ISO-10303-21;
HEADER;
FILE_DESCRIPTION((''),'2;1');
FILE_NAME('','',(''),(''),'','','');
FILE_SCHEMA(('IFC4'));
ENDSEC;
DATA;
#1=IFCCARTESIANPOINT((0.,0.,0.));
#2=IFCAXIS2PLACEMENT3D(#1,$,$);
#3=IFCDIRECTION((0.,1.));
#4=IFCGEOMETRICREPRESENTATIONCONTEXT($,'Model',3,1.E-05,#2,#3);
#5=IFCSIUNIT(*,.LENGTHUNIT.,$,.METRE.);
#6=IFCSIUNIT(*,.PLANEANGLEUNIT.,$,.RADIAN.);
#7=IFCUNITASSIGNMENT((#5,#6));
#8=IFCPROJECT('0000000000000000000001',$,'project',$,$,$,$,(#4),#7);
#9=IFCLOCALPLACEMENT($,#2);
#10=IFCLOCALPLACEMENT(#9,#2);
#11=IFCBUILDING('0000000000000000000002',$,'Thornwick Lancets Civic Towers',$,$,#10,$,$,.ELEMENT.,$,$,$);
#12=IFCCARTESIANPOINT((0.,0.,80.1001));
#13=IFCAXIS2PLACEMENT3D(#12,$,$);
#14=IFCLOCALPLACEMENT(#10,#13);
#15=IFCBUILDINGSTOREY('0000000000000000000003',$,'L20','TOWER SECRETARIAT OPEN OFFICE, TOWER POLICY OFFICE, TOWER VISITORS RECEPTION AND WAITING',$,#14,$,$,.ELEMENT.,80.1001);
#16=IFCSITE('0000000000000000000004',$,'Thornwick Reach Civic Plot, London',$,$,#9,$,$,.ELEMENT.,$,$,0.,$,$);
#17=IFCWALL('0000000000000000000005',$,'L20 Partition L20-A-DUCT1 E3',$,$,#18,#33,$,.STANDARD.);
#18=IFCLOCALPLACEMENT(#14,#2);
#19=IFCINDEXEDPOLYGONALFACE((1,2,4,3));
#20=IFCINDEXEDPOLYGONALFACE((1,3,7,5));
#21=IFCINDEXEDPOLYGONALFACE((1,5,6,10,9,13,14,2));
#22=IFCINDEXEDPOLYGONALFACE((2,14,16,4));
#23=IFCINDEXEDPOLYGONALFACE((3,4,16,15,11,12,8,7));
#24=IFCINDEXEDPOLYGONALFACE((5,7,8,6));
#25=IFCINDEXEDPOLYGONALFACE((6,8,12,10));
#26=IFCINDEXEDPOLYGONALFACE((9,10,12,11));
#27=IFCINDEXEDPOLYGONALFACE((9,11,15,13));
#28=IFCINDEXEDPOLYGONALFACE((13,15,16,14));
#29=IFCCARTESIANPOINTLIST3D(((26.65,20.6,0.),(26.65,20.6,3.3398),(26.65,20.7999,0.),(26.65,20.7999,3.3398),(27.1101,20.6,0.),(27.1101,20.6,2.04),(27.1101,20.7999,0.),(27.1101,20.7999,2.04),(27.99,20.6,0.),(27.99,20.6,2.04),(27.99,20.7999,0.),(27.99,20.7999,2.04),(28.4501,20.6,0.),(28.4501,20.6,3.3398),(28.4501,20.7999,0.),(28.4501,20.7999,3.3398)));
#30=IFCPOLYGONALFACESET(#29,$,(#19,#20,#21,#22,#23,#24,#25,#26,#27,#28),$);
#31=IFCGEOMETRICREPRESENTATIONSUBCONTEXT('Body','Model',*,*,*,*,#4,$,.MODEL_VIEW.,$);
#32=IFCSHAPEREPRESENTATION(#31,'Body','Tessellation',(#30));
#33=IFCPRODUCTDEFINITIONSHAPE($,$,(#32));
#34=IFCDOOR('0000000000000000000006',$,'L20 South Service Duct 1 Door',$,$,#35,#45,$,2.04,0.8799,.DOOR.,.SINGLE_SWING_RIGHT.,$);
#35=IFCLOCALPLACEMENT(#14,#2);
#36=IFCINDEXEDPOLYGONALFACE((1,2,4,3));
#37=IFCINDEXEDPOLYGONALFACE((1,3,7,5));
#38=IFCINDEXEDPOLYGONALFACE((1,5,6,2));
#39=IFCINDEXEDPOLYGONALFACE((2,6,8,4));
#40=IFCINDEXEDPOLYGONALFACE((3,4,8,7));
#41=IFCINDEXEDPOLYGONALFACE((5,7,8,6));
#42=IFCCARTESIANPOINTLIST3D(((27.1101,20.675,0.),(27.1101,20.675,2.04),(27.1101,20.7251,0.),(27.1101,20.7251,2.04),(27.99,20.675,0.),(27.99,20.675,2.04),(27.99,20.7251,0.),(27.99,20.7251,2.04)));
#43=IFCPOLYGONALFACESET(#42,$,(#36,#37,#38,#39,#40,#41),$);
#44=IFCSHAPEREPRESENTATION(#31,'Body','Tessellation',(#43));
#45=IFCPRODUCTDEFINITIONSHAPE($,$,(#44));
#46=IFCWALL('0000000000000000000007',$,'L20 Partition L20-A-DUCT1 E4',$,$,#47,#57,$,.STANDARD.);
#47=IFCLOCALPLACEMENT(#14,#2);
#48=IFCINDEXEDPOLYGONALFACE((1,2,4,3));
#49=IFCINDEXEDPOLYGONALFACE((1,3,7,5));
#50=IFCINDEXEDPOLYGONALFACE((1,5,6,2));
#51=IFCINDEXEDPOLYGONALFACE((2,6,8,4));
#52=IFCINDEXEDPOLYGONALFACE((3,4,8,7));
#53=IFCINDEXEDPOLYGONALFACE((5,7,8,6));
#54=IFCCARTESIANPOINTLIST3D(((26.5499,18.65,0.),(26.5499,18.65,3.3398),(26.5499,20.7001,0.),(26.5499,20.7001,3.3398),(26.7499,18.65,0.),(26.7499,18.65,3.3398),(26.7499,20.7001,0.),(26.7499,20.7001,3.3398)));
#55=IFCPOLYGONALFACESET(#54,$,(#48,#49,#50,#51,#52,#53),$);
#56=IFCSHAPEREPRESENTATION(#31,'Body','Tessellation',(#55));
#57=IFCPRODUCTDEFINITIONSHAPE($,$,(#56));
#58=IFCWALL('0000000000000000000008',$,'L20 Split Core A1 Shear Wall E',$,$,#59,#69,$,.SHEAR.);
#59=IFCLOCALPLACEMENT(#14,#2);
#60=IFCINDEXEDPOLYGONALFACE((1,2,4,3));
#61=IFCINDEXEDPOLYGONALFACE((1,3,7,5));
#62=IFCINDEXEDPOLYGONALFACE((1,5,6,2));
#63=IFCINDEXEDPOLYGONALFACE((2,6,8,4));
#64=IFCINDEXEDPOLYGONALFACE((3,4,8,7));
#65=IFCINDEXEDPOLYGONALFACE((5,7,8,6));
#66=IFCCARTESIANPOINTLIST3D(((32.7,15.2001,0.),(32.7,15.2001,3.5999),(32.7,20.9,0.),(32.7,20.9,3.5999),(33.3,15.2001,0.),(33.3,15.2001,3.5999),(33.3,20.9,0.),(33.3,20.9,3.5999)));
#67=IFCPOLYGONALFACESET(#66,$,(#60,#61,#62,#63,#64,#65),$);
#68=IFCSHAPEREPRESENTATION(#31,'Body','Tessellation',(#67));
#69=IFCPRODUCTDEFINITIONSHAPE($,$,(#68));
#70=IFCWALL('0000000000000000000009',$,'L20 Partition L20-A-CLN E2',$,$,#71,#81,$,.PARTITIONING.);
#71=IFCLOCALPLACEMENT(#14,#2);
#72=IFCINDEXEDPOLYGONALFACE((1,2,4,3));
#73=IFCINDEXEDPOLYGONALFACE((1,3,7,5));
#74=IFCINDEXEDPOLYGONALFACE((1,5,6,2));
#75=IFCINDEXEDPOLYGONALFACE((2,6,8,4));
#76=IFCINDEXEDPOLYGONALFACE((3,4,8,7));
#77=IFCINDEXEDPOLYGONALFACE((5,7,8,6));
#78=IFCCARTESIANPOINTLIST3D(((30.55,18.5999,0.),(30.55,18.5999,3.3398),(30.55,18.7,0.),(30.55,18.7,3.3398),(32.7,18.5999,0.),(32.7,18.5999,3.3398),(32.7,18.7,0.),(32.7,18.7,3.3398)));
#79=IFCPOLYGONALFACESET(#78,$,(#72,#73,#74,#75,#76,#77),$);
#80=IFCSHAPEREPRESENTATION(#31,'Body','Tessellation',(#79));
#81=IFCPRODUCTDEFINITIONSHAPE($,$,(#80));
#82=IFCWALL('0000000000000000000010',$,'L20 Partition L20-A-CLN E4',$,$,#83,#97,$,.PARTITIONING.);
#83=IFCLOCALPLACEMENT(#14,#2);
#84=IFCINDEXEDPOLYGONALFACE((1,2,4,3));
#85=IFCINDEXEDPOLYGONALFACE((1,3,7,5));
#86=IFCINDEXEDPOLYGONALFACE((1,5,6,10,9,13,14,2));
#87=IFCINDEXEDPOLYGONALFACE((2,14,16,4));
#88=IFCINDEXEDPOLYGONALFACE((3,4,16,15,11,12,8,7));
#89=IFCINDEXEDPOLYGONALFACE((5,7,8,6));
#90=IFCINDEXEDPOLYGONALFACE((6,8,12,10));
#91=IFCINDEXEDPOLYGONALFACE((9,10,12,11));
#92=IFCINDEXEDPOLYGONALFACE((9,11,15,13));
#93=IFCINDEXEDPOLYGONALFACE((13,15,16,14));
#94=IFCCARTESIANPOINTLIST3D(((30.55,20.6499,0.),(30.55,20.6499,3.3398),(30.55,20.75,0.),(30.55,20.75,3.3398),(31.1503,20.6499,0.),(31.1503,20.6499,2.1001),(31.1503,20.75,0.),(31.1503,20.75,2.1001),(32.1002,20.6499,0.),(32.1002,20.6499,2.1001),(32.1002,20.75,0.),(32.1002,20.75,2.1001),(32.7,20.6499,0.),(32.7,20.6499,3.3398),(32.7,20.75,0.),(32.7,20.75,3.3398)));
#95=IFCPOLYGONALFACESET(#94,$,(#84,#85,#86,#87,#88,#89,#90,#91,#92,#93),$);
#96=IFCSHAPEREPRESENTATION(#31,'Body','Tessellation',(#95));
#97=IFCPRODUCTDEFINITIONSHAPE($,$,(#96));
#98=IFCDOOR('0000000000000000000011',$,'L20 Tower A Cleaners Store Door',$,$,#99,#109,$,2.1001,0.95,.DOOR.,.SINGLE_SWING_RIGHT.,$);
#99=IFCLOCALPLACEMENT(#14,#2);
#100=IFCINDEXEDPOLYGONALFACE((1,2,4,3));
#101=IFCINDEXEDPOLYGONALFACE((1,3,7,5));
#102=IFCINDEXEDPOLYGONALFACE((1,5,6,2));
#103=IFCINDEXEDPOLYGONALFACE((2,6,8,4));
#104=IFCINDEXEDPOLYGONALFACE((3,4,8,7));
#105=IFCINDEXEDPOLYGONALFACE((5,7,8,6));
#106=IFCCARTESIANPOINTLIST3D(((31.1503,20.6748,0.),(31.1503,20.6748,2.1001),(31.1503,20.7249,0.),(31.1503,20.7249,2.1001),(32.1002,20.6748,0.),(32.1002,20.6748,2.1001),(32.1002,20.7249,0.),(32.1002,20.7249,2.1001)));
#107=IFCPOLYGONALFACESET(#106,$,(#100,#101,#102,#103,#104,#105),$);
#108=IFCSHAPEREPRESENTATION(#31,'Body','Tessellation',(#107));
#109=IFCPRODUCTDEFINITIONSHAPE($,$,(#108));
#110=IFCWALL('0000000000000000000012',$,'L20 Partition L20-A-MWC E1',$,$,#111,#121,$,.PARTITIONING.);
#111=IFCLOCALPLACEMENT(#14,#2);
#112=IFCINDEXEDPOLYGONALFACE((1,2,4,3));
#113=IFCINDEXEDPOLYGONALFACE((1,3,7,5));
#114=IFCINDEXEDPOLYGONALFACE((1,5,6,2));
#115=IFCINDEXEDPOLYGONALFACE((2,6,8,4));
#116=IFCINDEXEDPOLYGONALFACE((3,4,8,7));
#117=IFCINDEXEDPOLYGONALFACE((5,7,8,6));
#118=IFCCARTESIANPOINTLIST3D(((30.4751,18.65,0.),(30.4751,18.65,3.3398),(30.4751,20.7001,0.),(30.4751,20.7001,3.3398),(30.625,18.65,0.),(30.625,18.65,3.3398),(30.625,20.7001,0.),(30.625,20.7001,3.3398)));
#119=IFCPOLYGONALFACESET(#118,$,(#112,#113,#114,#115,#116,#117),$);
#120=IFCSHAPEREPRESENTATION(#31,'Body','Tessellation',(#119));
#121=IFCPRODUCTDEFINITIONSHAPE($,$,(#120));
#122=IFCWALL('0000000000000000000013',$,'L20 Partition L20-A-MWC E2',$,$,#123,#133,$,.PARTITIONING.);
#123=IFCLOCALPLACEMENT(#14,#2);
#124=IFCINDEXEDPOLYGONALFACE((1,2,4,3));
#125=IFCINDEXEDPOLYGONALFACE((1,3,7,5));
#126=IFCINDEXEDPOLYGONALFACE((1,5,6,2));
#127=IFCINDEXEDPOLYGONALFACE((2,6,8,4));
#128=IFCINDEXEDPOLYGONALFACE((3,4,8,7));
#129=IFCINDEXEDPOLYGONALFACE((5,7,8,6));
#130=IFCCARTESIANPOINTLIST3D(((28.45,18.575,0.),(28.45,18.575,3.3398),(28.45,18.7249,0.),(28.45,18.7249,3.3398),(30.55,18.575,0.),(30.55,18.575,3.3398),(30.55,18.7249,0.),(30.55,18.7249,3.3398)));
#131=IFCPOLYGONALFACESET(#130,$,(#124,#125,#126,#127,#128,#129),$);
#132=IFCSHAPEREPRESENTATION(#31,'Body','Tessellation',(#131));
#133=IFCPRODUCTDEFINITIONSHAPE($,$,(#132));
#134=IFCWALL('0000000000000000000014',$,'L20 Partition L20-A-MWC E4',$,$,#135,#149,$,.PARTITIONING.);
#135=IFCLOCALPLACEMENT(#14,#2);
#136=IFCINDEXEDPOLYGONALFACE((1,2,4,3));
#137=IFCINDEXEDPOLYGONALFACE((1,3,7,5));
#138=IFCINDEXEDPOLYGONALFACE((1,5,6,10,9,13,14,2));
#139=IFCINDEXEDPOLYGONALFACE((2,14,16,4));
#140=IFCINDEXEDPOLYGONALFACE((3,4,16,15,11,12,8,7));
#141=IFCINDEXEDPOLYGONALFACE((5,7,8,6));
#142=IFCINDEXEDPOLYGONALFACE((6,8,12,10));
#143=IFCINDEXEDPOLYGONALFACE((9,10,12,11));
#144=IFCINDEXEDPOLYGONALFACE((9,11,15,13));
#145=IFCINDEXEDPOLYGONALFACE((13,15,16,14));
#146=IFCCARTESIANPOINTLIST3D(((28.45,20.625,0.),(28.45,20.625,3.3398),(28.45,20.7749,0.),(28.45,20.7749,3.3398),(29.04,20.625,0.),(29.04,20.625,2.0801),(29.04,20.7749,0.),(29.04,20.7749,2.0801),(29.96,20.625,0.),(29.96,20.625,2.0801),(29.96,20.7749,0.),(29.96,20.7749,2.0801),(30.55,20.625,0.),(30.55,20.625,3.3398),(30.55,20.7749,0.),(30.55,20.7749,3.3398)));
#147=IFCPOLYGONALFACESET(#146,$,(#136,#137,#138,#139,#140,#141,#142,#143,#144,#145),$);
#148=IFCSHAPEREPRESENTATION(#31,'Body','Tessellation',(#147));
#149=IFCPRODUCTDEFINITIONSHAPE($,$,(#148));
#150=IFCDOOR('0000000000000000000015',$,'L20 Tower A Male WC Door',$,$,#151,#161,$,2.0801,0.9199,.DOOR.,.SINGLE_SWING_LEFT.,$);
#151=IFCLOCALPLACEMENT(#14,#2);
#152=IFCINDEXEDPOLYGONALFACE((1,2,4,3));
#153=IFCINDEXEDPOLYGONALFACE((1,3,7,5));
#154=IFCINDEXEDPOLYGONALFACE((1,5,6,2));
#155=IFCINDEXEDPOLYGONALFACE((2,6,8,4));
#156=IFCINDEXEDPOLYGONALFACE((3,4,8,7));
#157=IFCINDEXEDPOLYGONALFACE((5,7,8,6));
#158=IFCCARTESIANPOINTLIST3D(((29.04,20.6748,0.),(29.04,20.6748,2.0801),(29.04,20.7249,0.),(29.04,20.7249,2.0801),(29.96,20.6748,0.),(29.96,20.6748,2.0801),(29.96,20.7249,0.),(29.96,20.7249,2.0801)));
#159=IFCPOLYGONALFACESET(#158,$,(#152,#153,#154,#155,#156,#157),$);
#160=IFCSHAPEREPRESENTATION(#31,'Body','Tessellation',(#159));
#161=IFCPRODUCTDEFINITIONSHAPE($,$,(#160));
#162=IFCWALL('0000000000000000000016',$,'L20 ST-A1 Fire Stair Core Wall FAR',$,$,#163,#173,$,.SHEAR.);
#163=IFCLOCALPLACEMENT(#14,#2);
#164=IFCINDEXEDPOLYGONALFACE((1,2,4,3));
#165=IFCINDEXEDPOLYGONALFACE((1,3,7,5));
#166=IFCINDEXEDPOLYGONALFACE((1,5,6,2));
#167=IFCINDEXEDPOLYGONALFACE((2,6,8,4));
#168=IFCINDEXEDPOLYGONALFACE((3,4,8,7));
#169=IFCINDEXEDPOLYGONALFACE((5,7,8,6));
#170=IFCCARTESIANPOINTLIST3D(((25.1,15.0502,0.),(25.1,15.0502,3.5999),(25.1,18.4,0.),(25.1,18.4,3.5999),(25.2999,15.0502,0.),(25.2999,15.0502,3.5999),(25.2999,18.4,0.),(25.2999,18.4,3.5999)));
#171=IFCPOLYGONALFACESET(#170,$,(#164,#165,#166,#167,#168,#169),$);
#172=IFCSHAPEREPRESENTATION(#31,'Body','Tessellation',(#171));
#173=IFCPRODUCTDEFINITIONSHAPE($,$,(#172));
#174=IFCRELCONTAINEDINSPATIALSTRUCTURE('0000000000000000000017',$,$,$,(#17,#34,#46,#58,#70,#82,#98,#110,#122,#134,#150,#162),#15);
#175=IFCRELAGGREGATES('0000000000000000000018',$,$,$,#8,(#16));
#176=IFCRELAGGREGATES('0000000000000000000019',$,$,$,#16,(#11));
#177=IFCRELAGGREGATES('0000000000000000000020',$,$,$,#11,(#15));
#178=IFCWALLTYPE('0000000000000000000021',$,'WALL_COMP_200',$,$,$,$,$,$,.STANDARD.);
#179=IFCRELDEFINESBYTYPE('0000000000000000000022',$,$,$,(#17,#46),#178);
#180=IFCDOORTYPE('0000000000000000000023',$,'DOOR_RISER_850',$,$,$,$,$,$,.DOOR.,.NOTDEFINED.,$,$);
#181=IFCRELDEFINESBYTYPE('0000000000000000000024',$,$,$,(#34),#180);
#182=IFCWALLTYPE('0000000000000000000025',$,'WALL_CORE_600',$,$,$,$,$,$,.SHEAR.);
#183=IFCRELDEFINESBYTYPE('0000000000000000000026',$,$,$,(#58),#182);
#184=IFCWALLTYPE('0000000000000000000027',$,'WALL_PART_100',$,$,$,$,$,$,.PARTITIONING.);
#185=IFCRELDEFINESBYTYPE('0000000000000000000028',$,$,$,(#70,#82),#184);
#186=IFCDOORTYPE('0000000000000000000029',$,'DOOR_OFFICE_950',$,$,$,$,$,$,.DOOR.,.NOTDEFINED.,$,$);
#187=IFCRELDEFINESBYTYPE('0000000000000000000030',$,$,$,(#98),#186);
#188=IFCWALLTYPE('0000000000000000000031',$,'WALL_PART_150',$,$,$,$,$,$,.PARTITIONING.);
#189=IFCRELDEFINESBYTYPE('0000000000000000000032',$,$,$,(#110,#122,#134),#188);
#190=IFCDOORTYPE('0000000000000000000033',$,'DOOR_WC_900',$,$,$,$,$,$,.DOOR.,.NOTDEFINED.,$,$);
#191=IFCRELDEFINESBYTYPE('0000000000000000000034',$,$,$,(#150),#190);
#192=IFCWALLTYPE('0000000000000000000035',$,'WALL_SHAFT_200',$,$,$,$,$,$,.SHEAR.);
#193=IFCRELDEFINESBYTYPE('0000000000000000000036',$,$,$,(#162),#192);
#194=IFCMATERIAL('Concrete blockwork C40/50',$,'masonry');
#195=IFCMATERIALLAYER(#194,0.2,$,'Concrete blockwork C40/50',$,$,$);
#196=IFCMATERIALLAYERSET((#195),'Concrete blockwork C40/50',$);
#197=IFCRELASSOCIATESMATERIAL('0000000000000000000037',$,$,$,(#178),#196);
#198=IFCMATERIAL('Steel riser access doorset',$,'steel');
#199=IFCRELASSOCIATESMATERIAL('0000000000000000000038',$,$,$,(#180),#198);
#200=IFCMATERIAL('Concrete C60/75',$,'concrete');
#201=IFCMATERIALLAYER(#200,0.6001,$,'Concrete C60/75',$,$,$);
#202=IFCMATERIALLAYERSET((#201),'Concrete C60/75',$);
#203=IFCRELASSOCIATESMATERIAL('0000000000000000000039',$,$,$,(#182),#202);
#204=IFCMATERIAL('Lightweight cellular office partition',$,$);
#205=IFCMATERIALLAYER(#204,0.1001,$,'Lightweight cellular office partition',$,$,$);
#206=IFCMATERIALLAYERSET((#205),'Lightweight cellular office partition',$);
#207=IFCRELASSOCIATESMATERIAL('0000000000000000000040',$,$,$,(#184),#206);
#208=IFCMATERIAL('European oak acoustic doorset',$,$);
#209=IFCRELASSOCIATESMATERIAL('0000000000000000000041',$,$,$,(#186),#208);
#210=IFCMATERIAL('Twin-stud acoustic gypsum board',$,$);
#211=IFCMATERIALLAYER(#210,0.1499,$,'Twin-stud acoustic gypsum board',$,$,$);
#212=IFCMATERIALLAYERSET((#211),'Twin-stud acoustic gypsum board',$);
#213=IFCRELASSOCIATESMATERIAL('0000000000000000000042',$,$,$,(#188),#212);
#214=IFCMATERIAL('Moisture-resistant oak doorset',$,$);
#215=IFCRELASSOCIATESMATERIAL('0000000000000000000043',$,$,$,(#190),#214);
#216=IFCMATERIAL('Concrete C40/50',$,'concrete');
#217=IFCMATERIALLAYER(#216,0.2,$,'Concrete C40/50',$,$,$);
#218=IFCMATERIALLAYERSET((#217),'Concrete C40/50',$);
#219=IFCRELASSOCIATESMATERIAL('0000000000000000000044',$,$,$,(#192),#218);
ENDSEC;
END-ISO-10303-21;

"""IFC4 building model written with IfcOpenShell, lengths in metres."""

from ifc_helpers import new_model, si_unit, direction, frame, frame_2d, origin, place, context, subcontext, project, spatial, rectangle, extrude, material, layer, layer_set, type_object, element, fill, save


model = new_model("IFC4")

# Units and contexts
model_context = context("Model", 3, precision=1e-05, world=origin(), true_north=direction((0.0, 1.0)))
body_context = subcontext(model_context, "Body", "Model", "MODEL_VIEW")
ifc_project = project(units=[si_unit("LENGTHUNIT", "METRE"), si_unit("PLANEANGLEUNIT", "RADIAN")], contexts=[model_context])

# Site, building, storey
site_placement = place(None, origin())
site = spatial("IfcSite", under=ifc_project, at=site_placement, Name="Thornwick Reach Civic Plot, London", CompositionType="ELEMENT", RefElevation=0.0)
building_placement = place(site_placement, origin())
building = spatial("IfcBuilding", under=site, at=building_placement, Name="Thornwick Lancets Civic Towers", CompositionType="ELEMENT")
storey_placement = place(building_placement, frame((0.0, 0.0, 80.1001)))
storey = spatial("IfcBuildingStorey", under=building, at=storey_placement, Name="L20", Description="TOWER SECRETARIAT OPEN OFFICE, TOWER POLICY OFFICE, TOWER VISITORS RECEPTION AND WAITING", CompositionType="ELEMENT", Elevation=80.1001)

# Shared definitions
ifc_material_1 = material(Name="Concrete C60/75", Category="concrete")

# Shared definitions
ifc_material_2 = material(Name="Concrete blockwork C40/50", Category="masonry")
ifc_layer_1 = layer(ifc_material_2, 0.2, Name="Concrete blockwork C40/50")
ifc_layer_set_1 = layer_set([ifc_layer_1], Name="Concrete blockwork C40/50")
wall_type_1 = type_object("IfcWallType", Name="WALL_COMP_200", PredefinedType="STANDARD", material=ifc_layer_set_1)

# Wall, opening, door
wall_1_placement = place(storey_placement, frame((28.45, 20.7, 0.0), z_axis=(0.0, 0.0, 1.0), x_axis=(-1.0, 0.0, 0.0)))
wall_1 = element("IfcWall", 1, at=wall_1_placement, inside=storey, type_object=wall_type_1, Name="L20 Partition L20-A-DUCT1 E3", PredefinedType="STANDARD", context=body_context, shape_type="SweptSolid", body=[
    extrude(rectangle(XDim=1.8, YDim=0.2, at=frame_2d((0.8999, 0.0))), origin(), (0.0, 0.0, 1.0), 3.3398),
])
opening_1_placement = place(wall_1_placement, frame((0.46, 0.0, 0.0)))
opening_1 = element("IfcOpeningElement", 2, at=opening_1_placement, cuts=wall_1, PredefinedType="OPENING", context=body_context, shape_type="SweptSolid", body=[
    extrude(rectangle(XDim=0.8799, YDim=2.04, at=frame_2d((0.4399, 1.02))), frame((0.0, 0.1099, 0.0), z_axis=(0.0, -1.0, 0.0), x_axis=(1.0, 0.0, 0.0)), (0.0, 0.0, 1.0), 0.22),
])
ifc_material_3 = material(Name="Steel riser access doorset", Category="steel")
door_type_1 = type_object("IfcDoorType", Name="DOOR_RISER_850", OperationType="NOTDEFINED", PredefinedType="DOOR", material=ifc_material_3)
door_1_placement = place(opening_1_placement, origin())
door_1 = element("IfcDoor", 3, at=door_1_placement, inside=storey, type_object=door_type_1, Name="L20 South Service Duct 1 Door", OperationType="SINGLE_SWING_RIGHT", OverallHeight=2.04, OverallWidth=0.8799, PredefinedType="DOOR", context=body_context, shape_type="SweptSolid", body=[
    extrude(rectangle(XDim=0.8799, YDim=2.04, at=frame_2d((0.4399, 1.02))), frame((0.0, 0.0249, 0.0), z_axis=(0.0, -1.0, 0.0), x_axis=(1.0, 0.0, 0.0)), (0.0, 0.0, 1.0), 0.05),
])
fill(opening_1, door_1)

# Walls
wall_2_placement = place(storey_placement, frame((26.6499, 20.7, 0.0), z_axis=(0.0, 0.0, 1.0), x_axis=(0.0, -1.0, 0.0)))
element("IfcWall", 4, at=wall_2_placement, inside=storey, type_object=wall_type_1, Name="L20 Partition L20-A-DUCT1 E4", PredefinedType="STANDARD", context=body_context, shape_type="SweptSolid", body=[
    extrude(rectangle(XDim=2.05, YDim=0.2, at=frame_2d((1.0249, 0.0))), origin(), (0.0, 0.0, 1.0), 3.3398),
])
ifc_layer_2 = layer(ifc_material_1, 0.6001, Name="Concrete C60/75")
ifc_layer_set_2 = layer_set([ifc_layer_2], Name="Concrete C60/75")
wall_type_2 = type_object("IfcWallType", Name="WALL_CORE_600", PredefinedType="SHEAR", material=ifc_layer_set_2)
wall_3_placement = place(storey_placement, frame((33.0, 15.2, 0.0), z_axis=(0.0, 0.0, 1.0), x_axis=(0.0, 1.0, 0.0)))
element("IfcWall", 5, at=wall_3_placement, inside=storey, type_object=wall_type_2, Name="L20 Split Core A1 Shear Wall E", PredefinedType="SHEAR", context=body_context, shape_type="SweptSolid", body=[
    extrude(rectangle(XDim=5.7, YDim=0.6001, at=frame_2d((2.8501, 0.0))), origin(), (0.0, 0.0, 1.0), 3.5999),
])
ifc_material_4 = material(Name="Lightweight cellular office partition")
ifc_layer_3 = layer(ifc_material_4, 0.1001, Name="Lightweight cellular office partition")
ifc_layer_set_3 = layer_set([ifc_layer_3], Name="Lightweight cellular office partition")
wall_type_3 = type_object("IfcWallType", Name="WALL_PART_100", PredefinedType="PARTITIONING", material=ifc_layer_set_3)
wall_4_placement = place(storey_placement, frame((32.7, 18.6499, 0.0), z_axis=(0.0, 0.0, 1.0), x_axis=(-1.0, 0.0, 0.0)))
element("IfcWall", 6, at=wall_4_placement, inside=storey, type_object=wall_type_3, Name="L20 Partition L20-A-CLN E2", PredefinedType="PARTITIONING", context=body_context, shape_type="SweptSolid", body=[
    extrude(rectangle(XDim=2.1499, YDim=0.1001, at=frame_2d((1.075, 0.0))), origin(), (0.0, 0.0, 1.0), 3.3398),
])

# Wall, opening, door
wall_5_placement = place(storey_placement, frame((30.55, 20.7, 0.0), z_axis=(0.0, 0.0, 1.0), x_axis=(1.0, 0.0, 0.0)))
wall_5 = element("IfcWall", 7, at=wall_5_placement, inside=storey, type_object=wall_type_3, Name="L20 Partition L20-A-CLN E4", PredefinedType="PARTITIONING", context=body_context, shape_type="SweptSolid", body=[
    extrude(rectangle(XDim=2.1499, YDim=0.1001, at=frame_2d((1.075, 0.0))), origin(), (0.0, 0.0, 1.0), 3.3398),
])
opening_2_placement = place(wall_5_placement, frame((0.6001, 0.0, 0.0)))
opening_2 = element("IfcOpeningElement", 8, at=opening_2_placement, cuts=wall_5, PredefinedType="OPENING", context=body_context, shape_type="SweptSolid", body=[
    extrude(rectangle(XDim=0.95, YDim=2.1001, at=frame_2d((0.4751, 1.05))), frame((0.0, 0.0601, 0.0), z_axis=(0.0, -1.0, 0.0), x_axis=(1.0, 0.0, 0.0)), (0.0, 0.0, 1.0), 0.1201),
])
ifc_material_5 = material(Name="European oak acoustic doorset")
door_type_2 = type_object("IfcDoorType", Name="DOOR_OFFICE_950", OperationType="NOTDEFINED", PredefinedType="DOOR", material=ifc_material_5)
door_2_placement = place(opening_2_placement, origin())
door_2 = element("IfcDoor", 9, at=door_2_placement, inside=storey, type_object=door_type_2, Name="L20 Tower A Cleaners Store Door", OperationType="SINGLE_SWING_RIGHT", OverallHeight=2.1001, OverallWidth=0.95, PredefinedType="DOOR", context=body_context, shape_type="SweptSolid", body=[
    extrude(rectangle(XDim=0.95, YDim=2.1001, at=frame_2d((0.4751, 1.05))), frame((0.0, 0.0249, 0.0), z_axis=(0.0, -1.0, 0.0), x_axis=(1.0, 0.0, 0.0)), (0.0, 0.0, 1.0), 0.05),
])
fill(opening_2, door_2)

# Walls
ifc_material_6 = material(Name="Twin-stud acoustic gypsum board")
ifc_layer_4 = layer(ifc_material_6, 0.1499, Name="Twin-stud acoustic gypsum board")
ifc_layer_set_4 = layer_set([ifc_layer_4], Name="Twin-stud acoustic gypsum board")
wall_type_4 = type_object("IfcWallType", Name="WALL_PART_150", PredefinedType="PARTITIONING", material=ifc_layer_set_4)
wall_6_placement = place(storey_placement, frame((30.55, 20.7, 0.0), z_axis=(0.0, 0.0, 1.0), x_axis=(0.0, -1.0, 0.0)))
element("IfcWall", 10, at=wall_6_placement, inside=storey, type_object=wall_type_4, Name="L20 Partition L20-A-MWC E1", PredefinedType="PARTITIONING", context=body_context, shape_type="SweptSolid", body=[
    extrude(rectangle(XDim=2.05, YDim=0.1499, at=frame_2d((1.0249, 0.0))), origin(), (0.0, 0.0, 1.0), 3.3398),
])
wall_7_placement = place(storey_placement, frame((30.55, 18.6499, 0.0), z_axis=(0.0, 0.0, 1.0), x_axis=(-1.0, 0.0, 0.0)))
element("IfcWall", 11, at=wall_7_placement, inside=storey, type_object=wall_type_4, Name="L20 Partition L20-A-MWC E2", PredefinedType="PARTITIONING", context=body_context, shape_type="SweptSolid", body=[
    extrude(rectangle(XDim=2.1001, YDim=0.1499, at=frame_2d((1.05, 0.0))), origin(), (0.0, 0.0, 1.0), 3.3398),
])

# Wall, opening, door
wall_8_placement = place(storey_placement, frame((28.45, 20.7, 0.0), z_axis=(0.0, 0.0, 1.0), x_axis=(1.0, 0.0, 0.0)))
wall_8 = element("IfcWall", 12, at=wall_8_placement, inside=storey, type_object=wall_type_4, Name="L20 Partition L20-A-MWC E4", PredefinedType="PARTITIONING", context=body_context, shape_type="SweptSolid", body=[
    extrude(rectangle(XDim=2.1001, YDim=0.1499, at=frame_2d((1.05, 0.0))), origin(), (0.0, 0.0, 1.0), 3.3398),
])
opening_3_placement = place(wall_8_placement, frame((0.5901, 0.0, 0.0)))
opening_3 = element("IfcOpeningElement", 13, at=opening_3_placement, cuts=wall_8, PredefinedType="OPENING", context=body_context, shape_type="SweptSolid", body=[
    extrude(rectangle(XDim=0.9199, YDim=2.0801, at=frame_2d((0.46, 1.04))), frame((0.0, 0.085, 0.0), z_axis=(0.0, -1.0, 0.0), x_axis=(1.0, 0.0, 0.0)), (0.0, 0.0, 1.0), 0.1699),
])
ifc_material_7 = material(Name="Moisture-resistant oak doorset")
door_type_3 = type_object("IfcDoorType", Name="DOOR_WC_900", OperationType="NOTDEFINED", PredefinedType="DOOR", material=ifc_material_7)
door_3_placement = place(opening_3_placement, origin())
door_3 = element("IfcDoor", 14, at=door_3_placement, inside=storey, type_object=door_type_3, Name="L20 Tower A Male WC Door", OperationType="SINGLE_SWING_LEFT", OverallHeight=2.0801, OverallWidth=0.9199, PredefinedType="DOOR", context=body_context, shape_type="SweptSolid", body=[
    extrude(rectangle(XDim=0.9199, YDim=2.0801, at=frame_2d((0.46, 1.04))), frame((0.0, 0.0249, 0.0), z_axis=(0.0, -1.0, 0.0), x_axis=(1.0, 0.0, 0.0)), (0.0, 0.0, 1.0), 0.05),
])
fill(opening_3, door_3)

# Wall
ifc_material_8 = material(Name="Concrete C40/50", Category="concrete")
ifc_layer_5 = layer(ifc_material_8, 0.2, Name="Concrete C40/50")
ifc_layer_set_5 = layer_set([ifc_layer_5], Name="Concrete C40/50")
wall_type_5 = type_object("IfcWallType", Name="WALL_SHAFT_200", PredefinedType="SHEAR", material=ifc_layer_set_5)
wall_9_placement = place(storey_placement, frame((25.2, 18.3999, 0.0), z_axis=(0.0, 0.0, 1.0), x_axis=(0.0, -1.0, 0.0)))
element("IfcWall", 15, at=wall_9_placement, inside=storey, type_object=wall_type_5, Name="L20 ST-A1 Fire Stair Core Wall FAR", PredefinedType="SHEAR", context=body_context, shape_type="SweptSolid", body=[
    extrude(rectangle(XDim=3.3499, YDim=0.2, at=frame_2d((1.6748, 0.0))), origin(), (0.0, 0.0, 1.0), 3.5999),
])

save(model, "model.ifc")
